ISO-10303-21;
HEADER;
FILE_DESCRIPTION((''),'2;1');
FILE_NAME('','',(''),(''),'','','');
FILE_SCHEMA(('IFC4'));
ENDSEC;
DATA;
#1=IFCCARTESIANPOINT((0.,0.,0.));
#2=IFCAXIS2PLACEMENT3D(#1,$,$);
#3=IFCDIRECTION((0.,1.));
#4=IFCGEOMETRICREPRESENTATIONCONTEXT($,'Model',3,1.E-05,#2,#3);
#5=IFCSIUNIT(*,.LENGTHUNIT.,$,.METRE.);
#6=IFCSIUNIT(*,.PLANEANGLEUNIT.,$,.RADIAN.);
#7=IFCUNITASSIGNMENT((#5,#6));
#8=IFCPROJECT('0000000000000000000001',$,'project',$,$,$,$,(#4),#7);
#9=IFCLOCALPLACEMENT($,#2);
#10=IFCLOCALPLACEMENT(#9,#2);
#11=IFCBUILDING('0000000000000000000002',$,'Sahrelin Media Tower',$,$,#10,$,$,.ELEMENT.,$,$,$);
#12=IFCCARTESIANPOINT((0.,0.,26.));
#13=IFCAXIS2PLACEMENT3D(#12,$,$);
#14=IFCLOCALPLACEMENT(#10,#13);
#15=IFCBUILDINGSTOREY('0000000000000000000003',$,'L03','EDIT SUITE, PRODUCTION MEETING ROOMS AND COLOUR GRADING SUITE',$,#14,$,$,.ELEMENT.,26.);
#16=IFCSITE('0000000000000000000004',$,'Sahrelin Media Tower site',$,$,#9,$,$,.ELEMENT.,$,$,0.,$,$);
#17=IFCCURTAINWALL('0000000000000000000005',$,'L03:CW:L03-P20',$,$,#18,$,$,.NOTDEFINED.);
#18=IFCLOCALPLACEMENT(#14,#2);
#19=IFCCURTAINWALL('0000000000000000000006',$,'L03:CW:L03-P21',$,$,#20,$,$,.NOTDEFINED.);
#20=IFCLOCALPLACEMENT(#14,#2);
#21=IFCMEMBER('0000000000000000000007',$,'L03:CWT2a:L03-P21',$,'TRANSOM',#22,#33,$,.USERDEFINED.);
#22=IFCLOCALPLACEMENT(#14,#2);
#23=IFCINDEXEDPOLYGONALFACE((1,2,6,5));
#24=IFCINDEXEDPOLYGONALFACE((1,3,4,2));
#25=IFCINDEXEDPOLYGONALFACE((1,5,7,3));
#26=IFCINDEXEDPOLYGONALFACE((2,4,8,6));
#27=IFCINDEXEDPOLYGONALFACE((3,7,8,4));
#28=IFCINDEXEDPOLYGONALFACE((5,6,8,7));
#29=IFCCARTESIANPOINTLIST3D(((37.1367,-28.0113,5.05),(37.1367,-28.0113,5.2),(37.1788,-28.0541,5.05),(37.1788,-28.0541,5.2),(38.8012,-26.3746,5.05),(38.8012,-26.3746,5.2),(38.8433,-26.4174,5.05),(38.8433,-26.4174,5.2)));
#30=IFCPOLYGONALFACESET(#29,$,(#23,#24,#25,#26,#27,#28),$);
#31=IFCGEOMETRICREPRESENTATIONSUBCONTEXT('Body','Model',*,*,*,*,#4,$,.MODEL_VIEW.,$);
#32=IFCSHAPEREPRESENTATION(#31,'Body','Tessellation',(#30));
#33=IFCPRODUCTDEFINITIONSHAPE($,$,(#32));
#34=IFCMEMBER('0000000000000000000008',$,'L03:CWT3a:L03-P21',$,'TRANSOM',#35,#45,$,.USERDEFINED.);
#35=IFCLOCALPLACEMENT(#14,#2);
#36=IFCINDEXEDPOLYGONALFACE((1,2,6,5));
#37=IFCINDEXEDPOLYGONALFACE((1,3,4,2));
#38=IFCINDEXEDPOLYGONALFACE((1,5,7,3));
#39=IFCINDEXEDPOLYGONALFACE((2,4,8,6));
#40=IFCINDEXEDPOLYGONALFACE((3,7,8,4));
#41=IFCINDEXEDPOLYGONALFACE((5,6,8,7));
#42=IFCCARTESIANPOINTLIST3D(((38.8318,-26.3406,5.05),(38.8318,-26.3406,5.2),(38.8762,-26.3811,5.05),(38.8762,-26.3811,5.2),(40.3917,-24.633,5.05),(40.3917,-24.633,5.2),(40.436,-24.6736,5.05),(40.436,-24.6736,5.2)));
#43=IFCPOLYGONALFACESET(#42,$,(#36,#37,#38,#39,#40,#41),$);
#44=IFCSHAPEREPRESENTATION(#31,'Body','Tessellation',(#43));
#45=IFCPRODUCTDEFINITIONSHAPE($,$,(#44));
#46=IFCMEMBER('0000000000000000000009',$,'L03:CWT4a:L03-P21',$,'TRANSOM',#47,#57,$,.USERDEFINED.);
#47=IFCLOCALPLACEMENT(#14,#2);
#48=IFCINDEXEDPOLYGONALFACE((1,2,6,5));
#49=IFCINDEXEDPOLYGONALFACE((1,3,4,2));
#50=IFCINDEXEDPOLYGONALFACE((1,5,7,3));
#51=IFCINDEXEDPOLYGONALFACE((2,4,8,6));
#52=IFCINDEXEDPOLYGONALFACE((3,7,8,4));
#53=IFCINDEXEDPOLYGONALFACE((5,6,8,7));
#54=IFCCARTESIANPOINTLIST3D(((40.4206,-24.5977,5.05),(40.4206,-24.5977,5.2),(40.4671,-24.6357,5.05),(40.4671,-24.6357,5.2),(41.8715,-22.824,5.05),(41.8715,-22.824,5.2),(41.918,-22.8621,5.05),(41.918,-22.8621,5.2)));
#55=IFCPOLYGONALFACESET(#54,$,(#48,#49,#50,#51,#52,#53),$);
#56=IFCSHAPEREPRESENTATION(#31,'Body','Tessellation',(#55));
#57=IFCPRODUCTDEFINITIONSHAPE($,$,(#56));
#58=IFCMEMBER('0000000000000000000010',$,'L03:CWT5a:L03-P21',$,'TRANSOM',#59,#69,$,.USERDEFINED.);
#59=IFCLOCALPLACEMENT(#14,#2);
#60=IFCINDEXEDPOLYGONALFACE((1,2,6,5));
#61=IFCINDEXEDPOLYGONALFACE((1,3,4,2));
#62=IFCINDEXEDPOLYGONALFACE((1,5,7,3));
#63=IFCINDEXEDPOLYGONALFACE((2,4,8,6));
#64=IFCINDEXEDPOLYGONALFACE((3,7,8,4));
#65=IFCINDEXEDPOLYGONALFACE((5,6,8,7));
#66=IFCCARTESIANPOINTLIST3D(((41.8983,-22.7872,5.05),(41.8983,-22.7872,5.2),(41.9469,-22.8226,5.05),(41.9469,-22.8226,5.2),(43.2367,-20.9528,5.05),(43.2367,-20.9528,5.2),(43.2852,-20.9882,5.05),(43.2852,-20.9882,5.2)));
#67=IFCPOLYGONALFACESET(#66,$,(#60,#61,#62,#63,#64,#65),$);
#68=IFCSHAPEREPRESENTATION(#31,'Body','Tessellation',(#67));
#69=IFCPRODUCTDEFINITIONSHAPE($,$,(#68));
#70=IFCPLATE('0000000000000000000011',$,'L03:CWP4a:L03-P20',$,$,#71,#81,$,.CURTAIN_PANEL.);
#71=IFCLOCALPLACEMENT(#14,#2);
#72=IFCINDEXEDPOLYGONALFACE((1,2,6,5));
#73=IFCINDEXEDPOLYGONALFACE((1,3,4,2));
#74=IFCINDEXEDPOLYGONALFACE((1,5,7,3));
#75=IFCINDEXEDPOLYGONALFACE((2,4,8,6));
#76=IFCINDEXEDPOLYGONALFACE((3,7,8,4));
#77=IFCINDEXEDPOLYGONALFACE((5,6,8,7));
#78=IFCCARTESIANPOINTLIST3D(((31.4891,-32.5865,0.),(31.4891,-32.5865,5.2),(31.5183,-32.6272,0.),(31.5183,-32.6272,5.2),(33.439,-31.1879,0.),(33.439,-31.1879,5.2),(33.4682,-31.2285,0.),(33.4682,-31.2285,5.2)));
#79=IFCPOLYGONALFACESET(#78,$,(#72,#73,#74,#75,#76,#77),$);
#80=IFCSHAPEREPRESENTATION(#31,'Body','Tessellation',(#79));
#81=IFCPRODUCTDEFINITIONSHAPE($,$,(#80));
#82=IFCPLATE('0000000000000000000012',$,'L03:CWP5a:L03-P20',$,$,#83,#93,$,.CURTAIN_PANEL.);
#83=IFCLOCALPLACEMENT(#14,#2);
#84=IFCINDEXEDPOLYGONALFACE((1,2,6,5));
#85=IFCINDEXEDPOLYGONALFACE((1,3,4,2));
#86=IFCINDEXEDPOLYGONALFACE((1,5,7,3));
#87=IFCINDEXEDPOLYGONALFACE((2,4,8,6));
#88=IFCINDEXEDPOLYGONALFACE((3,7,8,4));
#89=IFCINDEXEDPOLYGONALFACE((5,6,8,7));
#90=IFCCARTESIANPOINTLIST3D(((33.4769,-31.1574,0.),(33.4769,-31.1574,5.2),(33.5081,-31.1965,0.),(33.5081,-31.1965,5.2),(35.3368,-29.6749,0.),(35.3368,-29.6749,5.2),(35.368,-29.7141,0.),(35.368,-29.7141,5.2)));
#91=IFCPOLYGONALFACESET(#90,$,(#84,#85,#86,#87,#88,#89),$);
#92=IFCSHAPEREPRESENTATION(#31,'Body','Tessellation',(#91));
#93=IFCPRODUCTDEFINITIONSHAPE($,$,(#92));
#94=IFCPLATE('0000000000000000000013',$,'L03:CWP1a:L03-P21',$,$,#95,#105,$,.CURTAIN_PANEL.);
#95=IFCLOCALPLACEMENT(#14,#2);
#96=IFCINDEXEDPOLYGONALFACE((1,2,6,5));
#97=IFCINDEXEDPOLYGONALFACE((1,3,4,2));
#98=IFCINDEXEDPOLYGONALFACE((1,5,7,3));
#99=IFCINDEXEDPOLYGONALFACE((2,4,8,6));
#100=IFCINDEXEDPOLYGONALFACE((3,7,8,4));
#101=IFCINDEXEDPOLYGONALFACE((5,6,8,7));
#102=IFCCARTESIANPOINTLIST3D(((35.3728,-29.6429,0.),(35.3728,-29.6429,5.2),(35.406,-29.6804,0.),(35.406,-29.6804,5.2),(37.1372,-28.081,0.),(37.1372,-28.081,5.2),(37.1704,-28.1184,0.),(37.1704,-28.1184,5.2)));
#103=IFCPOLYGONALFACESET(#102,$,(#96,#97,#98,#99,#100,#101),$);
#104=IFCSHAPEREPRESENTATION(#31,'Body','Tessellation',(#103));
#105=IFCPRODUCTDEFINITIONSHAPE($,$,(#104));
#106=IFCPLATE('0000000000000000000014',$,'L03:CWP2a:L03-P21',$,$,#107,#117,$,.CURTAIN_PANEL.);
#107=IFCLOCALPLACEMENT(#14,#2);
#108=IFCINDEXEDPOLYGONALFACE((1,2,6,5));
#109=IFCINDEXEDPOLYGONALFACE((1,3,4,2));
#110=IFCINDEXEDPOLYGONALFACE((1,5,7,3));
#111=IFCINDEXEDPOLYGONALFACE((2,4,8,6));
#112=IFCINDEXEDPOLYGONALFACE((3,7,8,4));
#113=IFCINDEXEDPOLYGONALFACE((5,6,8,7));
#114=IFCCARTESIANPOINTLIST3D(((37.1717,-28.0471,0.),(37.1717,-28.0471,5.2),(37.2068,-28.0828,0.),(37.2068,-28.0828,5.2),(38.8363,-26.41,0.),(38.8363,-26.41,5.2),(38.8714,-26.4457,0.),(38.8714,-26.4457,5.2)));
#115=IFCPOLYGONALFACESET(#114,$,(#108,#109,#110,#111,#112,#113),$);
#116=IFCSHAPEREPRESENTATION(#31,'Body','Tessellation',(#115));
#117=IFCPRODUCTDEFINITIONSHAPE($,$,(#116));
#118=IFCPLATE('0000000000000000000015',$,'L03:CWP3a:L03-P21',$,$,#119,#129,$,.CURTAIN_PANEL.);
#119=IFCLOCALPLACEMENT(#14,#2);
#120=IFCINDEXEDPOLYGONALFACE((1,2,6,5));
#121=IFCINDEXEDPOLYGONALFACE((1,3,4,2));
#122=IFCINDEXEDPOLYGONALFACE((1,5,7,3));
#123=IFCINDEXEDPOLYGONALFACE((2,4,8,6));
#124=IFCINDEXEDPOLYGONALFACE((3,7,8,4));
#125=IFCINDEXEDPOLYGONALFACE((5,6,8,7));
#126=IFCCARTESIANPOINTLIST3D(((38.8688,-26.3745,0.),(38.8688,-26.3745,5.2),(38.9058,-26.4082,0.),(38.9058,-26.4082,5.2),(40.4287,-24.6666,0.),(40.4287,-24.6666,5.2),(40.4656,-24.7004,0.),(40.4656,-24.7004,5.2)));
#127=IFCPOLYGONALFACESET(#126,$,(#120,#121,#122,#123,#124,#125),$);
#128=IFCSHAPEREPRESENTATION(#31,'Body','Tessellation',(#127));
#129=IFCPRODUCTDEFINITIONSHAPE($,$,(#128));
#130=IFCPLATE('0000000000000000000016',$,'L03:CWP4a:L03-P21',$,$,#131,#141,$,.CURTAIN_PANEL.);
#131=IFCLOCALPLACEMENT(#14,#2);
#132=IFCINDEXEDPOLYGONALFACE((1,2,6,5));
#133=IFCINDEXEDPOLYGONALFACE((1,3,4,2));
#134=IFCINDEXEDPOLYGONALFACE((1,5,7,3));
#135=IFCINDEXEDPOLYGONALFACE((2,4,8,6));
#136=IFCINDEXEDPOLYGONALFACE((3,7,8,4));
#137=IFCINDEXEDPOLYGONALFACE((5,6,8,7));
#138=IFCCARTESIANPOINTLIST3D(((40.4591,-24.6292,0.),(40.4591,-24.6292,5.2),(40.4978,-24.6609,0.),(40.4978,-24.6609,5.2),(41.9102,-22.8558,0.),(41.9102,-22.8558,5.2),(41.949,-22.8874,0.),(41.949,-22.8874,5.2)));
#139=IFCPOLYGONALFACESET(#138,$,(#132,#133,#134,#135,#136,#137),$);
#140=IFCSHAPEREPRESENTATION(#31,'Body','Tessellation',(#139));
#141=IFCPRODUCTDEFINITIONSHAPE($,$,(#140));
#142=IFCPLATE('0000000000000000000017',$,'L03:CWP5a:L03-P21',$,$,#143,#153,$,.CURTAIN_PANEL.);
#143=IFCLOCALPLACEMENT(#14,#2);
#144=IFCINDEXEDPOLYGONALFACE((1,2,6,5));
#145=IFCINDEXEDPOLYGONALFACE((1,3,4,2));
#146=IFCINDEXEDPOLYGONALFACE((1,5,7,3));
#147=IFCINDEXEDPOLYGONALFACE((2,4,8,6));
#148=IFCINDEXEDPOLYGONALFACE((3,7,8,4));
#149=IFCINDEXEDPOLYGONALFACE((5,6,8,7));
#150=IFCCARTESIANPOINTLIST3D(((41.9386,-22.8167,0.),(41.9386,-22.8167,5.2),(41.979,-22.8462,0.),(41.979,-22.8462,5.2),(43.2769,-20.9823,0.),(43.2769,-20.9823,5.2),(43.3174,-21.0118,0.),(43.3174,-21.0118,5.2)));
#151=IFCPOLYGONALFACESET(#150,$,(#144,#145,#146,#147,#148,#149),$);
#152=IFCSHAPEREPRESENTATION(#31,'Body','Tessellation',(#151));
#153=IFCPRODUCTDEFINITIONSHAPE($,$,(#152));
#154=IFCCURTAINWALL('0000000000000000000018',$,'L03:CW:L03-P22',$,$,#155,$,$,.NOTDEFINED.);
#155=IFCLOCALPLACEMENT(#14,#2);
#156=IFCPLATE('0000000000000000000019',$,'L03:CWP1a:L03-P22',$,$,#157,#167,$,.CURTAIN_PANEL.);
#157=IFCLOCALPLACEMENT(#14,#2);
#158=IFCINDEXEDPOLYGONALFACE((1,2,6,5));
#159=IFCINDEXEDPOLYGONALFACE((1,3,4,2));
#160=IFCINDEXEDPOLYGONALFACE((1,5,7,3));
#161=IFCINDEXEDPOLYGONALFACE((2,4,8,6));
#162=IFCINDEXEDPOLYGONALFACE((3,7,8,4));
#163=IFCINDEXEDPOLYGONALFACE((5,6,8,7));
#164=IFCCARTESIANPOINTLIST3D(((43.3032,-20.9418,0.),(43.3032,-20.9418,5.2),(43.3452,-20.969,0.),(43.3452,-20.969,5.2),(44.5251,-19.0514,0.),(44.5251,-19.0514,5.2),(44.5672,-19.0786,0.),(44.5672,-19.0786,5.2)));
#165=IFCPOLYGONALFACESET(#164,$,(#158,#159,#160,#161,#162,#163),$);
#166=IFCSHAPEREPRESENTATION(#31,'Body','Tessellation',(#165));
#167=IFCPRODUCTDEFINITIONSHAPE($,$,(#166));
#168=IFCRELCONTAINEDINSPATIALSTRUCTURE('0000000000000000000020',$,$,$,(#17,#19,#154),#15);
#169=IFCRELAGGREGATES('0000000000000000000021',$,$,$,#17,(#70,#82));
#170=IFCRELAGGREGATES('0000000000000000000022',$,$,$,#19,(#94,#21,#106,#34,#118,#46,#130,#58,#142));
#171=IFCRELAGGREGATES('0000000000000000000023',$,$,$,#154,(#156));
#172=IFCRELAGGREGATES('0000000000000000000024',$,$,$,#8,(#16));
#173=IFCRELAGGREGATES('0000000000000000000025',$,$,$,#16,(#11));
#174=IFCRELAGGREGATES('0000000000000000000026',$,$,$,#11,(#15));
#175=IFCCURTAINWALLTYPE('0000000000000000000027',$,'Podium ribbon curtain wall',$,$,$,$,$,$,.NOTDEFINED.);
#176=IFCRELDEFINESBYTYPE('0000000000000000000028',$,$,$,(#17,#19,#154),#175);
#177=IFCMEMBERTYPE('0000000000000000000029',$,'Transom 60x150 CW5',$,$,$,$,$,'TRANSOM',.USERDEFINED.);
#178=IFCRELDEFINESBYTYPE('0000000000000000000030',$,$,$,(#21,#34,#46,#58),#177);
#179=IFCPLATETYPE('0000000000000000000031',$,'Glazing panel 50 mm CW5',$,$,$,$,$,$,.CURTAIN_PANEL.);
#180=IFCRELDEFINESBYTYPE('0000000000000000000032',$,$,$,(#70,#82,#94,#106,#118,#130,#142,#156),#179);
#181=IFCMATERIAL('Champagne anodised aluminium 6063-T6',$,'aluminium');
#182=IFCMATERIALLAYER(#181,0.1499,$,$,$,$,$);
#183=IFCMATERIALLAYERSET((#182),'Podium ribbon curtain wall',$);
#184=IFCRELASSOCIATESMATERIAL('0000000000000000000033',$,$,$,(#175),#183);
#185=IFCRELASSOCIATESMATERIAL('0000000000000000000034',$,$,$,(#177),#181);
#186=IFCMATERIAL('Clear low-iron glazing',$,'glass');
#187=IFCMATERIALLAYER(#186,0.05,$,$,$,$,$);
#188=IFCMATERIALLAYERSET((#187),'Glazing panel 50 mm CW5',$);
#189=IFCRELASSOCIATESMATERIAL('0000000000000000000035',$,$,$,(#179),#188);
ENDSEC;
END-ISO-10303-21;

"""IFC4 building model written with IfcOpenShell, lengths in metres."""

from ifc_helpers import new_model, si_unit, direction, frame, origin, origin_2d, place, context, subcontext, project, spatial, polyline, rectangle, outline, extrude, material, layer, layer_set, material_profile, profile_set, type_object, element, aggregate, save


model = new_model("IFC4")

# Units and contexts
model_context = context("Model", 3, precision=1e-05, world=origin(), true_north=direction((0.0, 1.0)))
body_context = subcontext(model_context, "Body", "Model", "MODEL_VIEW")
ifc_project = project(units=[si_unit("LENGTHUNIT", "METRE"), si_unit("PLANEANGLEUNIT", "RADIAN")], contexts=[model_context])

# Site, building, storey
site_placement = place(None, origin())
site = spatial("IfcSite", under=ifc_project, at=site_placement, Name="Sahrelin Media Tower site", CompositionType="ELEMENT", RefElevation=0.0)
building_placement = place(site_placement, origin())
building = spatial("IfcBuilding", under=site, at=building_placement, Name="Sahrelin Media Tower", CompositionType="ELEMENT")
storey_placement = place(building_placement, frame((0.0, 0.0, 26.0)))
storey = spatial("IfcBuildingStorey", under=building, at=storey_placement, Name="L03", Description="EDIT SUITE, PRODUCTION MEETING ROOMS AND COLOUR GRADING SUITE", CompositionType="ELEMENT", Elevation=26.0)

# Curtain wall
ifc_material_1 = material(Name="Champagne anodised aluminium 6063-T6", Category="aluminium")
ifc_layer_1 = layer(ifc_material_1, 0.1499)
ifc_layer_set_1 = layer_set([ifc_layer_1], Name="Podium ribbon curtain wall")
curtain_wall_type = type_object("IfcCurtainWallType", Name="Podium ribbon curtain wall", PredefinedType="NOTDEFINED", material=ifc_layer_set_1)
curtain_wall_1_placement = place(storey_placement, frame((25.0, -36.373, 0.0), z_axis=(0.0, 0.0, 1.0), x_axis=(1.0, 0.0, 0.0)))
curtain_wall_1 = element("IfcCurtainWall", 1, at=curtain_wall_1_placement, inside=storey, type_object=curtain_wall_type, Name="L03:CW:L03-P20", PredefinedType="NOTDEFINED")

# Curtain wall
curtain_wall_2_placement = place(storey_placement, frame((35.3552, -29.6985, 0.0), z_axis=(0.0, 0.0, 1.0), x_axis=(1.0, 0.0, 0.0)))
curtain_wall_2 = element("IfcCurtainWall", 2, at=curtain_wall_2_placement, inside=storey, type_object=curtain_wall_type, Name="L03:CW:L03-P21", PredefinedType="NOTDEFINED")

# Members
ifc_material_profile_1 = material_profile(ifc_material_1, rectangle(XDim=0.0601, YDim=0.1499, at=origin_2d()), Name="Transom 60x150")
ifc_profile_set_1 = profile_set([ifc_material_profile_1], Name="Champagne anodised aluminium 6063-T6")
member_type_1 = type_object("IfcMemberType", Name="Transom 60x150 CW5", ElementType="TRANSOM", PredefinedType="USERDEFINED", material=ifc_profile_set_1)
member_1_placement = place(storey_placement, frame((37.1577, -28.0327, 5.125), z_axis=(0.713043, 0.70112, 0.0), x_axis=(-0.70112, 0.713043, 0.0)))
member_1 = element("IfcMember", 3, at=member_1_placement, type_object=member_type_1, Name="L03:CWT2a:L03-P21", ObjectType="TRANSOM", PredefinedType="USERDEFINED", context=body_context, shape_type="SweptSolid", body=[
    extrude(rectangle(XDim=0.0601, YDim=0.1499, at=origin_2d()), origin(), (0.0, 0.0, 1.0), 2.3345),
])
member_2_placement = place(storey_placement, frame((38.854, -26.3608, 5.125), z_axis=(0.674452, 0.738319, 0.0), x_axis=(-0.738319, 0.674452, 0.0)))
member_2 = element("IfcMember", 4, at=member_2_placement, type_object=member_type_1, Name="L03:CWT3a:L03-P21", ObjectType="TRANSOM", PredefinedType="USERDEFINED", context=body_context, shape_type="SweptSolid", body=[
    extrude(rectangle(XDim=0.0601, YDim=0.1499, at=origin_2d()), origin(), (0.0, 0.0, 1.0), 2.3127),
])
member_3_placement = place(storey_placement, frame((40.4438, -24.6167, 5.125), z_axis=(0.633168, 0.774014, 0.0), x_axis=(-0.774014, 0.633168, 0.0)))
member_3 = element("IfcMember", 5, at=member_3_placement, type_object=member_type_1, Name="L03:CWT4a:L03-P21", ObjectType="TRANSOM", PredefinedType="USERDEFINED", context=body_context, shape_type="SweptSolid", body=[
    extrude(rectangle(XDim=0.0601, YDim=0.1499, at=origin_2d()), origin(), (0.0, 0.0, 1.0), 2.2915),
])
member_4_placement = place(storey_placement, frame((41.9226, -22.8049, 5.125), z_axis=(0.589386, 0.807852, 0.0), x_axis=(-0.807852, 0.589386, 0.0)))
member_4 = element("IfcMember", 6, at=member_4_placement, type_object=member_type_1, Name="L03:CWT5a:L03-P21", ObjectType="TRANSOM", PredefinedType="USERDEFINED", context=body_context, shape_type="SweptSolid", body=[
    extrude(rectangle(XDim=0.0601, YDim=0.1499, at=origin_2d()), origin(), (0.0, 0.0, 1.0), 2.2708),
])

# Plates
ifc_material_2 = material(Name="Clear low-iron glazing", Category="glass")
ifc_layer_2 = layer(ifc_material_2, 0.05)
ifc_layer_set_2 = layer_set([ifc_layer_2], Name="Glazing panel 50 mm CW5")
plate_type = type_object("IfcPlateType", Name="Glazing panel 50 mm CW5", PredefinedType="CURTAIN_PANEL", material=ifc_layer_set_2)
plate_1_placement = place(storey_placement, frame((31.5183, -32.6272, 0.0), z_axis=(0.582854, -0.812577, 0.0), x_axis=(0.812577, 0.582854, 0.0)))
plate_1 = element("IfcPlate", 7, at=plate_1_placement, type_object=plate_type, Name="L03:CWP4a:L03-P20", PredefinedType="CURTAIN_PANEL", context=body_context, shape_type="SweptSolid", body=[
    extrude(outline(polyline([(0.0, 0.0), (2.3997, 0.0), (2.3997, 5.2), (0.0, 5.2), (0.0, 0.0)])), origin(), (0.0, 0.0, -1.0), 0.05),
])
plate_2_placement = place(storey_placement, frame((33.5081, -31.1965, 0.0), z_axis=(0.623292, -0.781989, 0.0), x_axis=(0.781989, 0.623292, 0.0)))
plate_2 = element("IfcPlate", 8, at=plate_2_placement, type_object=plate_type, Name="L03:CWP5a:L03-P20", PredefinedType="CURTAIN_PANEL", context=body_context, shape_type="SweptSolid", body=[
    extrude(outline(polyline([(0.0, 0.0), (2.3784, 0.0), (2.3784, 5.2), (0.0, 5.2), (0.0, 0.0)])), origin(), (0.0, 0.0, -1.0), 0.05),
])
aggregate(curtain_wall_1, [plate_1, plate_2])
plate_3_placement = place(storey_placement, frame((35.406, -29.6804, 0.0), z_axis=(0.662858, -0.748745, 0.0), x_axis=(0.748745, 0.662858, 0.0)))
plate_3 = element("IfcPlate", 9, at=plate_3_placement, type_object=plate_type, Name="L03:CWP1a:L03-P21", PredefinedType="CURTAIN_PANEL", context=body_context, shape_type="SweptSolid", body=[
    extrude(outline(polyline([(0.0, 0.0), (2.3564, 0.0), (2.3564, 5.2), (0.0, 5.2), (0.0, 0.0)])), origin(), (0.0, 0.0, -1.0), 0.05),
])
plate_4_placement = place(storey_placement, frame((37.2068, -28.0828, 0.0), z_axis=(0.701174, -0.712991, 0.0), x_axis=(0.712991, 0.701174, 0.0)))
plate_4 = element("IfcPlate", 10, at=plate_4_placement, type_object=plate_type, Name="L03:CWP2a:L03-P21", PredefinedType="CURTAIN_PANEL", context=body_context, shape_type="SweptSolid", body=[
    extrude(outline(polyline([(0.0, 0.0), (2.3347, 0.0), (2.3347, 5.2), (0.0, 5.2), (0.0, 0.0)])), origin(), (0.0, 0.0, -1.0), 0.05),
])
plate_5_placement = place(storey_placement, frame((38.9058, -26.4082, 0.0), z_axis=(0.738367, -0.6744, 0.0), x_axis=(0.6744, 0.738367, 0.0)))
plate_5 = element("IfcPlate", 11, at=plate_5_placement, type_object=plate_type, Name="L03:CWP3a:L03-P21", PredefinedType="CURTAIN_PANEL", context=body_context, shape_type="SweptSolid", body=[
    extrude(outline(polyline([(0.0, 0.0), (2.313, 0.0), (2.313, 5.2), (0.0, 5.2), (0.0, 0.0)])), origin(), (0.0, 0.0, -1.0), 0.05),
])
plate_6_placement = place(storey_placement, frame((40.4978, -24.6609, 0.0), z_axis=(0.773919, -0.633284, 0.0), x_axis=(0.633284, 0.773919, 0.0)))
plate_6 = element("IfcPlate", 12, at=plate_6_placement, type_object=plate_type, Name="L03:CWP4a:L03-P21", PredefinedType="CURTAIN_PANEL", context=body_context, shape_type="SweptSolid", body=[
    extrude(outline(polyline([(0.0, 0.0), (2.2915, 0.0), (2.2915, 5.2), (0.0, 5.2), (0.0, 0.0)])), origin(), (0.0, 0.0, -1.0), 0.05),
])
plate_7_placement = place(storey_placement, frame((41.979, -22.8462, 0.0), z_axis=(0.807852, -0.589386, 0.0), x_axis=(0.589386, 0.807852, 0.0)))
plate_7 = element("IfcPlate", 13, at=plate_7_placement, type_object=plate_type, Name="L03:CWP5a:L03-P21", PredefinedType="CURTAIN_PANEL", context=body_context, shape_type="SweptSolid", body=[
    extrude(outline(polyline([(0.0, 0.0), (2.2708, 0.0), (2.2708, 5.2), (0.0, 5.2), (0.0, 0.0)])), origin(), (0.0, 0.0, -1.0), 0.05),
])
aggregate(curtain_wall_2, [plate_3, member_1, plate_4, member_2, plate_5, member_3, plate_6, member_4, plate_7])

# Curtain wall, plate
curtain_wall_3_placement = place(storey_placement, frame((43.3013, -21.0, 0.0), z_axis=(0.0, 0.0, 1.0), x_axis=(1.0, 0.0, 0.0)))
curtain_wall_3 = element("IfcCurtainWall", 14, at=curtain_wall_3_placement, inside=storey, type_object=curtain_wall_type, Name="L03:CW:L03-P22", PredefinedType="NOTDEFINED")
plate_8_placement = place(storey_placement, frame((43.3452, -20.969, 0.0), z_axis=(0.839826, -0.542855, 0.0), x_axis=(0.542855, 0.839826, 0.0)))
plate_8 = element("IfcPlate", 15, at=plate_8_placement, type_object=plate_type, Name="L03:CWP1a:L03-P22", PredefinedType="CURTAIN_PANEL", context=body_context, shape_type="SweptSolid", body=[
    extrude(outline(polyline([(0.0, 0.0), (2.251, 0.0), (2.251, 5.2), (0.0, 5.2), (0.0, 0.0)])), origin(), (0.0, 0.0, -1.0), 0.05),
])
aggregate(curtain_wall_3, [plate_8])

save(model, "model.ifc")
